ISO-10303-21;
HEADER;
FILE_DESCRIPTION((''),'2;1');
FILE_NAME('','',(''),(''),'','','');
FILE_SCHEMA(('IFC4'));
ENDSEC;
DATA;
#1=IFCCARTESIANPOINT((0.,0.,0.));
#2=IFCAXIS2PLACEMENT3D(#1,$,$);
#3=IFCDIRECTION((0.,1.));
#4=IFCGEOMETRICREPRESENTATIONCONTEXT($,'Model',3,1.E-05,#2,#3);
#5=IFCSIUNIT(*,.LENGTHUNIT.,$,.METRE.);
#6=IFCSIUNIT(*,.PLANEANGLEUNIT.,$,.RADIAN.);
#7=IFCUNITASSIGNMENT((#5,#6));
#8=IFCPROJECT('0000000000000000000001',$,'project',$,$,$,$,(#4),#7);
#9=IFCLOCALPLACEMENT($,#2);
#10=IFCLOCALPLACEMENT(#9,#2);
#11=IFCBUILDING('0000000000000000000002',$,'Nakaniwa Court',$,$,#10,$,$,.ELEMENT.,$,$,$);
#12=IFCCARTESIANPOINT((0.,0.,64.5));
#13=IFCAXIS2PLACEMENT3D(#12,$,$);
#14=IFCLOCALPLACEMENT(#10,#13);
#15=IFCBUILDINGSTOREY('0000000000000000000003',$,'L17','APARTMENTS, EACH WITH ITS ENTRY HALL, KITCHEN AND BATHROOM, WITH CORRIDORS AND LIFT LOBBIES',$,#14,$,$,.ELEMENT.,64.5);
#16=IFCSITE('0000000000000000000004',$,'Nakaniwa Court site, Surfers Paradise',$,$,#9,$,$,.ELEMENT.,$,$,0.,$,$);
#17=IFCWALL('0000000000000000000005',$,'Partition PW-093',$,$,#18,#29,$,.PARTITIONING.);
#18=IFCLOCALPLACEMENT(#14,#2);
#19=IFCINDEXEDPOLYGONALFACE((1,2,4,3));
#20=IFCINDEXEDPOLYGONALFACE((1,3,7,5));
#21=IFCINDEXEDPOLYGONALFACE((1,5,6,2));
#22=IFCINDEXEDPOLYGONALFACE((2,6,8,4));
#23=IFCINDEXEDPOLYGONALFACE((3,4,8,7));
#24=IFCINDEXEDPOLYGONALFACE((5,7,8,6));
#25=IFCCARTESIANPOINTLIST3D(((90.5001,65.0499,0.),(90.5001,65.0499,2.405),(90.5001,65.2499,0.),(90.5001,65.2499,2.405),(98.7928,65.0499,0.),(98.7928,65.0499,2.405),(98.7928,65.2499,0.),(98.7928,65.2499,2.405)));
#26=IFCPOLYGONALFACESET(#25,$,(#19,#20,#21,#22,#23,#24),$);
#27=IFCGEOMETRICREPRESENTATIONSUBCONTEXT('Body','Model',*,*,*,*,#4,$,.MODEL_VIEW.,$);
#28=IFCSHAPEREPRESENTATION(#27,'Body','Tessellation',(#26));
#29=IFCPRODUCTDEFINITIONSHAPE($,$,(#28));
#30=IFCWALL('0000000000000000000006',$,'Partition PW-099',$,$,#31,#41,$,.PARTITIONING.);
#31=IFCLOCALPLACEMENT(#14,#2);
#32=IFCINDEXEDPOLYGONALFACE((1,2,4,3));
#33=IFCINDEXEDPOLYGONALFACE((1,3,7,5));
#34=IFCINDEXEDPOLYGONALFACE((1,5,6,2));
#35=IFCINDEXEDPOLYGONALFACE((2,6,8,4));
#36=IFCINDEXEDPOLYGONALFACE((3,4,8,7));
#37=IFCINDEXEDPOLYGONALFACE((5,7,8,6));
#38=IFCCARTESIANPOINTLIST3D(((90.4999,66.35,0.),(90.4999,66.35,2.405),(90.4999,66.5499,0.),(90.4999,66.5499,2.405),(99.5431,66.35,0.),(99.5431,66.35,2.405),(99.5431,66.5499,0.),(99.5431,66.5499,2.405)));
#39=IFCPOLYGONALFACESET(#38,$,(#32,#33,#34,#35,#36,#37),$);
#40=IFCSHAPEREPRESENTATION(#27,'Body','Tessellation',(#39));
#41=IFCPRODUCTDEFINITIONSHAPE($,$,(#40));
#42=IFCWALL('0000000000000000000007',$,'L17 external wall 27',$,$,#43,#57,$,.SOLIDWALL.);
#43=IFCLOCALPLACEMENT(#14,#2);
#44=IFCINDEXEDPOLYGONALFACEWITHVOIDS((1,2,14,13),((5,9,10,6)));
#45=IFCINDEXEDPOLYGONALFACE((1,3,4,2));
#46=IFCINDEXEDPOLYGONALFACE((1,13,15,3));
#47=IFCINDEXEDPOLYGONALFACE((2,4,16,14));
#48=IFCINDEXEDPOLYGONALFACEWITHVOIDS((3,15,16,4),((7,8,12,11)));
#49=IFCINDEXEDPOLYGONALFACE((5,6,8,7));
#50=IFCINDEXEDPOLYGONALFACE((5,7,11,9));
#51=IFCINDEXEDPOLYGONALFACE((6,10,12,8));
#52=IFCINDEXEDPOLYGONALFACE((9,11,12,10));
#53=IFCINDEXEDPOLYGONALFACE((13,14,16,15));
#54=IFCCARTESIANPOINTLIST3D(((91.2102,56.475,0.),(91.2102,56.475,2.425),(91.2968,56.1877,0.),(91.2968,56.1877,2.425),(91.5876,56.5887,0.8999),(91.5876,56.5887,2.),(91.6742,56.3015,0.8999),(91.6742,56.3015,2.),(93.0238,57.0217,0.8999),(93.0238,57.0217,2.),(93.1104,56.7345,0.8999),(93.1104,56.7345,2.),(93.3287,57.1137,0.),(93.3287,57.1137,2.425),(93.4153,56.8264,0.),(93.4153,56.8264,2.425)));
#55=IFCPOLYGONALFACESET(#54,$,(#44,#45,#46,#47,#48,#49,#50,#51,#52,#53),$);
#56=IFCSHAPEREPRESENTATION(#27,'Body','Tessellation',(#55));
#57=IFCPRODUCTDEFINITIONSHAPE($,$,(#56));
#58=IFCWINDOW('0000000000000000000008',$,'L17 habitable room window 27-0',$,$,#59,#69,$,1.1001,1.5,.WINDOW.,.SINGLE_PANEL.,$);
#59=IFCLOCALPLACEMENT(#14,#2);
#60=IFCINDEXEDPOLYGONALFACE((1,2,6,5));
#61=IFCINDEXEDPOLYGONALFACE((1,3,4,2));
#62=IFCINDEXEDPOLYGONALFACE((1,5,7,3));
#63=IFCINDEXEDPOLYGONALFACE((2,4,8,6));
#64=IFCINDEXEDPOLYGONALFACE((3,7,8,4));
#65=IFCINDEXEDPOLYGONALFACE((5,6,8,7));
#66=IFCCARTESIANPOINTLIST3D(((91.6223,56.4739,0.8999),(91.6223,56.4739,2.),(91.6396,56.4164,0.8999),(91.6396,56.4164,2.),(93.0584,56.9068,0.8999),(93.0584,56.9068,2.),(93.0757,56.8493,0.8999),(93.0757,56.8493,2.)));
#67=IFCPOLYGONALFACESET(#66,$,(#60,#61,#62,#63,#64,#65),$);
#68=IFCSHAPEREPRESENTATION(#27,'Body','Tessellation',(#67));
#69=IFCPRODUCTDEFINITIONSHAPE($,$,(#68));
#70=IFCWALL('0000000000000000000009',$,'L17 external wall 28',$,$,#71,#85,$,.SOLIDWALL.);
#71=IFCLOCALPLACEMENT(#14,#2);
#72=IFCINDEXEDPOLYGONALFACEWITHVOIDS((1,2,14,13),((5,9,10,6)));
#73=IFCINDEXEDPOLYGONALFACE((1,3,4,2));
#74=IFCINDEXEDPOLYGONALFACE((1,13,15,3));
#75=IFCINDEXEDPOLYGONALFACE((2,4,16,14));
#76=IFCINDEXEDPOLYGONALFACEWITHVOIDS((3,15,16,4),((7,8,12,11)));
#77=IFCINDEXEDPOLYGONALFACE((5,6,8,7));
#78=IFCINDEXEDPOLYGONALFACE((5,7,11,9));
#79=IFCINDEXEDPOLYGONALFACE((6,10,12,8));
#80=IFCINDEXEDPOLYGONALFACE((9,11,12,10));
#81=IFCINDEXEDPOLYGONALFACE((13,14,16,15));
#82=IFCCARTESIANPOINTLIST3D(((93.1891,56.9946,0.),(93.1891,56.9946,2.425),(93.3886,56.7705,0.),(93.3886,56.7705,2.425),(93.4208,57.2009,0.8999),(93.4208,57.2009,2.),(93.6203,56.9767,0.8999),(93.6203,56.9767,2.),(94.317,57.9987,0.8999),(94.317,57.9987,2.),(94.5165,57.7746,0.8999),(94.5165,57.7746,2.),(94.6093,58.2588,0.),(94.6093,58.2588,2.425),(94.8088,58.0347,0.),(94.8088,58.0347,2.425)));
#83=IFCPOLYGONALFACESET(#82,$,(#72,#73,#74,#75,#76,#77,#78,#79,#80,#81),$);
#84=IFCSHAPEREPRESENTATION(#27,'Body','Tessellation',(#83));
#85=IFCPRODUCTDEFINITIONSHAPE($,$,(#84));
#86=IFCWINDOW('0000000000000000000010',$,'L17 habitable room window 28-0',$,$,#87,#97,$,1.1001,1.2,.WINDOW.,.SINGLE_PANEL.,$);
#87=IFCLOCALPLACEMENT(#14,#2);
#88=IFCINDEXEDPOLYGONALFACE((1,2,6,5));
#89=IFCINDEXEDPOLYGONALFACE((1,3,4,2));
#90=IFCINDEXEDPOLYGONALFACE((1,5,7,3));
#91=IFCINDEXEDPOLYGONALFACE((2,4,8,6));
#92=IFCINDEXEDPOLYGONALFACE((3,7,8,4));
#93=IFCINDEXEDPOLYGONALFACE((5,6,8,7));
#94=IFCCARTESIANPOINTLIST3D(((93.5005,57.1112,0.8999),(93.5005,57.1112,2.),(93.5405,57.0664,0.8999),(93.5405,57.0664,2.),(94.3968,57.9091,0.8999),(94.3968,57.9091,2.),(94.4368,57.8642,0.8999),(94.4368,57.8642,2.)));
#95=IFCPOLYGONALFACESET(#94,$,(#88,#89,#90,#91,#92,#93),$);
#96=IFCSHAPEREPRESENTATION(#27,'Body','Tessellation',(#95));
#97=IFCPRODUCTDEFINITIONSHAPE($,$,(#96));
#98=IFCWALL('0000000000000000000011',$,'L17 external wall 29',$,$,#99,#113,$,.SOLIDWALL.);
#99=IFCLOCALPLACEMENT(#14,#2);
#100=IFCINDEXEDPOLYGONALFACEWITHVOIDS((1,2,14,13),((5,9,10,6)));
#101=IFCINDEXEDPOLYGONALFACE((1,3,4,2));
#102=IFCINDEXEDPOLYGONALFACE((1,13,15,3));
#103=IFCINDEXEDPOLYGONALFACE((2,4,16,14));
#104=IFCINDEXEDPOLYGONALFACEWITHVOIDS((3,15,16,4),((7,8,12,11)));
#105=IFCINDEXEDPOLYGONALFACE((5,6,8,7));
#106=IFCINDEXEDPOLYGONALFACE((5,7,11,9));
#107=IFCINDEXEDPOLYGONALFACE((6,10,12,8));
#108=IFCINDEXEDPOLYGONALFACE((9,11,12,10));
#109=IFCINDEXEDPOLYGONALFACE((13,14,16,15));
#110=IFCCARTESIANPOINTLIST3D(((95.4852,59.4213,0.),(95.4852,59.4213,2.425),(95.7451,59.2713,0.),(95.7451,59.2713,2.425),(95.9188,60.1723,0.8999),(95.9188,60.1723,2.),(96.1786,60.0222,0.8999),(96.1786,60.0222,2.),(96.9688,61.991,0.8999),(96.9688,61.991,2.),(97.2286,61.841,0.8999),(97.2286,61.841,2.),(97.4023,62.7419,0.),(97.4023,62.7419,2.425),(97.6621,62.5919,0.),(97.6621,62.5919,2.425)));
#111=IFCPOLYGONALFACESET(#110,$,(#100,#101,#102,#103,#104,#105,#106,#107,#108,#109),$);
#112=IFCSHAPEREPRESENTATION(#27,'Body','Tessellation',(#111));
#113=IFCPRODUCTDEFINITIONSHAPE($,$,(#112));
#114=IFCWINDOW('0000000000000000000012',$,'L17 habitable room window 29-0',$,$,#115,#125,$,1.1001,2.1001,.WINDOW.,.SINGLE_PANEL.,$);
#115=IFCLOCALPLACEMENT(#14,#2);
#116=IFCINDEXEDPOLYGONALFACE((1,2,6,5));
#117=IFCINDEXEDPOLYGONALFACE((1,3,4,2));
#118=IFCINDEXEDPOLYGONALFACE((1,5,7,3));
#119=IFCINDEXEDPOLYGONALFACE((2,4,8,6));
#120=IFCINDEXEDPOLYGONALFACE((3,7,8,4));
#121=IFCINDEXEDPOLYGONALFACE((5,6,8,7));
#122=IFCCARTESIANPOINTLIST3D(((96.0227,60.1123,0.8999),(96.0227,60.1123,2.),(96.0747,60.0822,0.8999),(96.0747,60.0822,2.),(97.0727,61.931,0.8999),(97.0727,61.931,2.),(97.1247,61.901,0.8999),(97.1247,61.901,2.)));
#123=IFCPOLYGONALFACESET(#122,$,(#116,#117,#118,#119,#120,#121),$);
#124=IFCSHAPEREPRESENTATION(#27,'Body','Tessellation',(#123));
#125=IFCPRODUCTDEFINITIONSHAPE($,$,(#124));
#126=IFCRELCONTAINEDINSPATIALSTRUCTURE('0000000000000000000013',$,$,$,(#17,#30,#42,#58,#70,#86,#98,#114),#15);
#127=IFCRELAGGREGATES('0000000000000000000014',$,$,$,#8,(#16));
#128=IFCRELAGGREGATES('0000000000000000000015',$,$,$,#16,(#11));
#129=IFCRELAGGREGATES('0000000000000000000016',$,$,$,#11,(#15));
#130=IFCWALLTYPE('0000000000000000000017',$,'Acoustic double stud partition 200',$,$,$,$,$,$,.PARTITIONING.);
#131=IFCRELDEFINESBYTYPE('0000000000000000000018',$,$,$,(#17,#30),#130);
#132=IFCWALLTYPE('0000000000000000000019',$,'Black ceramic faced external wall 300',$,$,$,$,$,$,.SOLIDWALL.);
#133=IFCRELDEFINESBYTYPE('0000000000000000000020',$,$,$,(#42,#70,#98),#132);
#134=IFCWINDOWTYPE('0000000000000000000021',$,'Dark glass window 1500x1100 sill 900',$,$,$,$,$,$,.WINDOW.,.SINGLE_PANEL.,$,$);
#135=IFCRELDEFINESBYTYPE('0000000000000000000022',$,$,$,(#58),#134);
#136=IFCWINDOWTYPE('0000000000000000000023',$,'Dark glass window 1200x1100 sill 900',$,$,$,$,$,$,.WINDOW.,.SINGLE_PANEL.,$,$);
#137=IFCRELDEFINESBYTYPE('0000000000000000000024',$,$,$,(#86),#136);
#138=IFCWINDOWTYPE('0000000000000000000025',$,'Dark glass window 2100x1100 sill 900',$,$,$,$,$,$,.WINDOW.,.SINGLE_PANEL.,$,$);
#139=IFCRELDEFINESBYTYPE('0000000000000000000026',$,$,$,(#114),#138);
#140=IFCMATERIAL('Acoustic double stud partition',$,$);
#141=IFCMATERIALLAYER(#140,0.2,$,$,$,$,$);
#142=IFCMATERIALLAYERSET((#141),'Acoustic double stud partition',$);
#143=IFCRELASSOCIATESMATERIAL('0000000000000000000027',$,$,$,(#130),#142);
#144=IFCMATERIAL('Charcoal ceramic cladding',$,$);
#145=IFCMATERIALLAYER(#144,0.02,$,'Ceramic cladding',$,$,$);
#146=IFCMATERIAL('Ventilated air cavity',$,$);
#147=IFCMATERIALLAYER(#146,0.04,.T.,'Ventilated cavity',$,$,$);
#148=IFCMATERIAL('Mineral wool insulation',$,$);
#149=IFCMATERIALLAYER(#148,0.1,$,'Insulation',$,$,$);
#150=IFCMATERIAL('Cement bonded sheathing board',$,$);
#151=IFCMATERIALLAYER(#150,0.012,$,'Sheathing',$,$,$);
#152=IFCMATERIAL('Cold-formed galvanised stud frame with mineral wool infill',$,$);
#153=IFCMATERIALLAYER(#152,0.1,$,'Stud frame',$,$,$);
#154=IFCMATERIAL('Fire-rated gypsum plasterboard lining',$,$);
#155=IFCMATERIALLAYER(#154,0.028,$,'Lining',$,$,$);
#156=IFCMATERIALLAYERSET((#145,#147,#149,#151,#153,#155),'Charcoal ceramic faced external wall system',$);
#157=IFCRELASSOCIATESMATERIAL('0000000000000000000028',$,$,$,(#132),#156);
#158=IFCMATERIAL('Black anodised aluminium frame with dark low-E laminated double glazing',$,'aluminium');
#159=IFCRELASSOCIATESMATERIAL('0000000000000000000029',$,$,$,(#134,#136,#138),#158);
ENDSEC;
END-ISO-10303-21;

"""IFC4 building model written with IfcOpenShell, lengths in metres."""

from ifc_helpers import new_model, si_unit, direction, frame, frame_2d, origin, place, context, subcontext, project, spatial, rectangle, extrude, material, layer, layer_set, type_object, element, fill, save


model = new_model("IFC4")

# Units and contexts
model_context = context("Model", 3, precision=1e-05, world=origin(), true_north=direction((0.0, 1.0)))
body_context = subcontext(model_context, "Body", "Model", "MODEL_VIEW")
ifc_project = project(units=[si_unit("LENGTHUNIT", "METRE"), si_unit("PLANEANGLEUNIT", "RADIAN")], contexts=[model_context])

# Site, building, storey
site_placement = place(None, origin())
site = spatial("IfcSite", under=ifc_project, at=site_placement, Name="Nakaniwa Court site, Surfers Paradise", CompositionType="ELEMENT", RefElevation=0.0)
building_placement = place(site_placement, origin())
building = spatial("IfcBuilding", under=site, at=building_placement, Name="Nakaniwa Court", CompositionType="ELEMENT")
storey_placement = place(building_placement, frame((0.0, 0.0, 64.5)))
storey = spatial("IfcBuildingStorey", under=building, at=storey_placement, Name="L17", Description="APARTMENTS, EACH WITH ITS ENTRY HALL, KITCHEN AND BATHROOM, WITH CORRIDORS AND LIFT LOBBIES", CompositionType="ELEMENT", Elevation=64.5)

# Walls
ifc_material_1 = material(Name="Acoustic double stud partition")
ifc_layer_1 = layer(ifc_material_1, 0.2)
ifc_layer_set_1 = layer_set([ifc_layer_1], Name="Acoustic double stud partition")
wall_type_1 = type_object("IfcWallType", Name="Acoustic double stud partition 200", PredefinedType="PARTITIONING", material=ifc_layer_set_1)
wall_1_placement = place(storey_placement, frame((90.5, 65.1499, 0.0), z_axis=(0.0, 0.0, 1.0), x_axis=(1.0, 0.0, 0.0)))
element("IfcWall", 1, at=wall_1_placement, inside=storey, type_object=wall_type_1, Name="Partition PW-093", PredefinedType="PARTITIONING", context=body_context, shape_type="SweptSolid", body=[
    extrude(rectangle(XDim=8.2927, YDim=0.2, at=frame_2d((4.1465, 0.0))), origin(), (0.0, 0.0, 1.0), 2.405),
])
wall_2_placement = place(storey_placement, frame((90.5, 66.45, 0.0), z_axis=(0.0, 0.0, 1.0), x_axis=(1.0, 0.0, 0.0)))
element("IfcWall", 2, at=wall_2_placement, inside=storey, type_object=wall_type_1, Name="Partition PW-099", PredefinedType="PARTITIONING", context=body_context, shape_type="SweptSolid", body=[
    extrude(rectangle(XDim=9.0432, YDim=0.2, at=frame_2d((4.5215, 0.0))), origin(), (0.0, 0.0, 1.0), 2.405),
])

# Walls, openings, windows
ifc_material_2 = material(Name="Charcoal ceramic cladding")
ifc_layer_2 = layer(ifc_material_2, 0.02, Name="Ceramic cladding")
ifc_material_3 = material(Name="Ventilated air cavity")
ifc_layer_3 = layer(ifc_material_3, 0.04, ventilated=True, Name="Ventilated cavity")
ifc_material_4 = material(Name="Mineral wool insulation")
ifc_layer_4 = layer(ifc_material_4, 0.1, Name="Insulation")
ifc_material_5 = material(Name="Cement bonded sheathing board")
ifc_layer_5 = layer(ifc_material_5, 0.012, Name="Sheathing")
ifc_material_6 = material(Name="Cold-formed galvanised stud frame with mineral wool infill")
ifc_layer_6 = layer(ifc_material_6, 0.1, Name="Stud frame")
ifc_material_7 = material(Name="Fire-rated gypsum plasterboard lining")
ifc_layer_7 = layer(ifc_material_7, 0.028, Name="Lining")
ifc_layer_set_2 = layer_set([ifc_layer_2, ifc_layer_3, ifc_layer_4, ifc_layer_5, ifc_layer_6, ifc_layer_7], Name="Charcoal ceramic faced external wall system")
wall_type_2 = type_object("IfcWallType", Name="Black ceramic faced external wall 300", PredefinedType="SOLIDWALL", material=ifc_layer_set_2)
wall_3_placement = place(storey_placement, frame((91.2534, 56.3313, 0.0), z_axis=(0.0, 0.0, 1.0), x_axis=(0.957434, 0.288653, 0.0)))
wall_3 = element("IfcWall", 3, at=wall_3_placement, inside=storey, type_object=wall_type_2, Name="L17 external wall 27", PredefinedType="SOLIDWALL", context=body_context, shape_type="SweptSolid", body=[
    extrude(rectangle(XDim=2.2126, YDim=0.3, at=frame_2d((1.1064, 0.0))), origin(), (0.0, 0.0, 1.0), 2.425),
])
opening_1_placement = place(wall_3_placement, frame((0.3943, 0.0, 0.8999)))
opening_1 = element("IfcOpeningElement", 4, at=opening_1_placement, cuts=wall_3, PredefinedType="OPENING", context=body_context, shape_type="SweptSolid", body=[
    extrude(rectangle(XDim=1.5, YDim=1.1001, at=frame_2d((0.75, 0.55))), frame((0.0, 0.1599, 0.0), z_axis=(0.0, -1.0, 0.0), x_axis=(1.0, 0.0, 0.0)), (0.0, 0.0, 1.0), 0.3201),
])
ifc_material_8 = material(Name="Black anodised aluminium frame with dark low-E laminated double glazing", Category="aluminium")
window_type_1 = type_object("IfcWindowType", Name="Dark glass window 1500x1100 sill 900", PartitioningType="SINGLE_PANEL", PredefinedType="WINDOW", material=ifc_material_8)
window_1_placement = place(opening_1_placement, origin())
window_1 = element("IfcWindow", 5, at=window_1_placement, inside=storey, type_object=window_type_1, Name="L17 habitable room window 27-0", OverallHeight=1.1001, OverallWidth=1.5, PartitioningType="SINGLE_PANEL", PredefinedType="WINDOW", context=body_context, shape_type="SweptSolid", body=[
    extrude(rectangle(XDim=1.5, YDim=1.1001, at=frame_2d((0.75, 0.55))), frame((0.0, 0.03, 0.0), z_axis=(0.0, -1.0, 0.0), x_axis=(1.0, 0.0, 0.0)), (0.0, 0.0, 1.0), 0.0601),
])
fill(opening_1, window_1)
wall_4_placement = place(storey_placement, frame((93.2888, 56.8826, 0.0), z_axis=(0.0, 0.0, 1.0), x_axis=(0.746942, 0.66489, 0.0)))
wall_4 = element("IfcWall", 6, at=wall_4_placement, inside=storey, type_object=wall_type_2, Name="L17 external wall 28", PredefinedType="SOLIDWALL", context=body_context, shape_type="SweptSolid", body=[
    extrude(rectangle(XDim=1.9014, YDim=0.3, at=frame_2d((0.9507, 0.0))), origin(), (0.0, 0.0, 1.0), 2.425),
])
opening_2_placement = place(wall_4_placement, frame((0.3101, 0.0, 0.8999)))
opening_2 = element("IfcOpeningElement", 7, at=opening_2_placement, cuts=wall_4, PredefinedType="OPENING", context=body_context, shape_type="SweptSolid", body=[
    extrude(rectangle(XDim=1.2, YDim=1.1001, at=frame_2d((0.6001, 0.55))), frame((0.0, 0.1599, 0.0), z_axis=(0.0, -1.0, 0.0), x_axis=(1.0, 0.0, 0.0)), (0.0, 0.0, 1.0), 0.3201),
])
window_type_2 = type_object("IfcWindowType", Name="Dark glass window 1200x1100 sill 900", PartitioningType="SINGLE_PANEL", PredefinedType="WINDOW", material=ifc_material_8)
window_2_placement = place(opening_2_placement, origin())
window_2 = element("IfcWindow", 8, at=window_2_placement, inside=storey, type_object=window_type_2, Name="L17 habitable room window 28-0", OverallHeight=1.1001, OverallWidth=1.2, PartitioningType="SINGLE_PANEL", PredefinedType="WINDOW", context=body_context, shape_type="SweptSolid", body=[
    extrude(rectangle(XDim=1.2, YDim=1.1001, at=frame_2d((0.6001, 0.55))), frame((0.0, 0.03, 0.0), z_axis=(0.0, -1.0, 0.0), x_axis=(1.0, 0.0, 0.0)), (0.0, 0.0, 1.0), 0.0601),
])
fill(opening_2, window_2)
wall_5_placement = place(storey_placement, frame((95.6152, 59.3464, 0.0), z_axis=(0.0, 0.0, 1.0), x_axis=(0.499974, 0.86604, 0.0)))
wall_5 = element("IfcWall", 9, at=wall_5_placement, inside=storey, type_object=wall_type_2, Name="L17 external wall 29", PredefinedType="SOLIDWALL", context=body_context, shape_type="SweptSolid", body=[
    extrude(rectangle(XDim=3.8342, YDim=0.3, at=frame_2d((1.917, 0.0))), origin(), (0.0, 0.0, 1.0), 2.425),
])
opening_3_placement = place(wall_5_placement, frame((0.8669, 0.0, 0.8999)))
opening_3 = element("IfcOpeningElement", 10, at=opening_3_placement, cuts=wall_5, PredefinedType="OPENING", context=body_context, shape_type="SweptSolid", body=[
    extrude(rectangle(XDim=2.1001, YDim=1.1001, at=frame_2d((1.05, 0.55))), frame((0.0, 0.1599, 0.0), z_axis=(0.0, -1.0, 0.0), x_axis=(1.0, 0.0, 0.0)), (0.0, 0.0, 1.0), 0.3201),
])
window_type_3 = type_object("IfcWindowType", Name="Dark glass window 2100x1100 sill 900", PartitioningType="SINGLE_PANEL", PredefinedType="WINDOW", material=ifc_material_8)
window_3_placement = place(opening_3_placement, origin())
window_3 = element("IfcWindow", 11, at=window_3_placement, inside=storey, type_object=window_type_3, Name="L17 habitable room window 29-0", OverallHeight=1.1001, OverallWidth=2.1001, PartitioningType="SINGLE_PANEL", PredefinedType="WINDOW", context=body_context, shape_type="SweptSolid", body=[
    extrude(rectangle(XDim=2.1001, YDim=1.1001, at=frame_2d((1.05, 0.55))), frame((0.0, 0.03, 0.0), z_axis=(0.0, -1.0, 0.0), x_axis=(1.0, 0.0, 0.0)), (0.0, 0.0, 1.0), 0.0601),
])
fill(opening_3, window_3)

save(model, "model.ifc")
